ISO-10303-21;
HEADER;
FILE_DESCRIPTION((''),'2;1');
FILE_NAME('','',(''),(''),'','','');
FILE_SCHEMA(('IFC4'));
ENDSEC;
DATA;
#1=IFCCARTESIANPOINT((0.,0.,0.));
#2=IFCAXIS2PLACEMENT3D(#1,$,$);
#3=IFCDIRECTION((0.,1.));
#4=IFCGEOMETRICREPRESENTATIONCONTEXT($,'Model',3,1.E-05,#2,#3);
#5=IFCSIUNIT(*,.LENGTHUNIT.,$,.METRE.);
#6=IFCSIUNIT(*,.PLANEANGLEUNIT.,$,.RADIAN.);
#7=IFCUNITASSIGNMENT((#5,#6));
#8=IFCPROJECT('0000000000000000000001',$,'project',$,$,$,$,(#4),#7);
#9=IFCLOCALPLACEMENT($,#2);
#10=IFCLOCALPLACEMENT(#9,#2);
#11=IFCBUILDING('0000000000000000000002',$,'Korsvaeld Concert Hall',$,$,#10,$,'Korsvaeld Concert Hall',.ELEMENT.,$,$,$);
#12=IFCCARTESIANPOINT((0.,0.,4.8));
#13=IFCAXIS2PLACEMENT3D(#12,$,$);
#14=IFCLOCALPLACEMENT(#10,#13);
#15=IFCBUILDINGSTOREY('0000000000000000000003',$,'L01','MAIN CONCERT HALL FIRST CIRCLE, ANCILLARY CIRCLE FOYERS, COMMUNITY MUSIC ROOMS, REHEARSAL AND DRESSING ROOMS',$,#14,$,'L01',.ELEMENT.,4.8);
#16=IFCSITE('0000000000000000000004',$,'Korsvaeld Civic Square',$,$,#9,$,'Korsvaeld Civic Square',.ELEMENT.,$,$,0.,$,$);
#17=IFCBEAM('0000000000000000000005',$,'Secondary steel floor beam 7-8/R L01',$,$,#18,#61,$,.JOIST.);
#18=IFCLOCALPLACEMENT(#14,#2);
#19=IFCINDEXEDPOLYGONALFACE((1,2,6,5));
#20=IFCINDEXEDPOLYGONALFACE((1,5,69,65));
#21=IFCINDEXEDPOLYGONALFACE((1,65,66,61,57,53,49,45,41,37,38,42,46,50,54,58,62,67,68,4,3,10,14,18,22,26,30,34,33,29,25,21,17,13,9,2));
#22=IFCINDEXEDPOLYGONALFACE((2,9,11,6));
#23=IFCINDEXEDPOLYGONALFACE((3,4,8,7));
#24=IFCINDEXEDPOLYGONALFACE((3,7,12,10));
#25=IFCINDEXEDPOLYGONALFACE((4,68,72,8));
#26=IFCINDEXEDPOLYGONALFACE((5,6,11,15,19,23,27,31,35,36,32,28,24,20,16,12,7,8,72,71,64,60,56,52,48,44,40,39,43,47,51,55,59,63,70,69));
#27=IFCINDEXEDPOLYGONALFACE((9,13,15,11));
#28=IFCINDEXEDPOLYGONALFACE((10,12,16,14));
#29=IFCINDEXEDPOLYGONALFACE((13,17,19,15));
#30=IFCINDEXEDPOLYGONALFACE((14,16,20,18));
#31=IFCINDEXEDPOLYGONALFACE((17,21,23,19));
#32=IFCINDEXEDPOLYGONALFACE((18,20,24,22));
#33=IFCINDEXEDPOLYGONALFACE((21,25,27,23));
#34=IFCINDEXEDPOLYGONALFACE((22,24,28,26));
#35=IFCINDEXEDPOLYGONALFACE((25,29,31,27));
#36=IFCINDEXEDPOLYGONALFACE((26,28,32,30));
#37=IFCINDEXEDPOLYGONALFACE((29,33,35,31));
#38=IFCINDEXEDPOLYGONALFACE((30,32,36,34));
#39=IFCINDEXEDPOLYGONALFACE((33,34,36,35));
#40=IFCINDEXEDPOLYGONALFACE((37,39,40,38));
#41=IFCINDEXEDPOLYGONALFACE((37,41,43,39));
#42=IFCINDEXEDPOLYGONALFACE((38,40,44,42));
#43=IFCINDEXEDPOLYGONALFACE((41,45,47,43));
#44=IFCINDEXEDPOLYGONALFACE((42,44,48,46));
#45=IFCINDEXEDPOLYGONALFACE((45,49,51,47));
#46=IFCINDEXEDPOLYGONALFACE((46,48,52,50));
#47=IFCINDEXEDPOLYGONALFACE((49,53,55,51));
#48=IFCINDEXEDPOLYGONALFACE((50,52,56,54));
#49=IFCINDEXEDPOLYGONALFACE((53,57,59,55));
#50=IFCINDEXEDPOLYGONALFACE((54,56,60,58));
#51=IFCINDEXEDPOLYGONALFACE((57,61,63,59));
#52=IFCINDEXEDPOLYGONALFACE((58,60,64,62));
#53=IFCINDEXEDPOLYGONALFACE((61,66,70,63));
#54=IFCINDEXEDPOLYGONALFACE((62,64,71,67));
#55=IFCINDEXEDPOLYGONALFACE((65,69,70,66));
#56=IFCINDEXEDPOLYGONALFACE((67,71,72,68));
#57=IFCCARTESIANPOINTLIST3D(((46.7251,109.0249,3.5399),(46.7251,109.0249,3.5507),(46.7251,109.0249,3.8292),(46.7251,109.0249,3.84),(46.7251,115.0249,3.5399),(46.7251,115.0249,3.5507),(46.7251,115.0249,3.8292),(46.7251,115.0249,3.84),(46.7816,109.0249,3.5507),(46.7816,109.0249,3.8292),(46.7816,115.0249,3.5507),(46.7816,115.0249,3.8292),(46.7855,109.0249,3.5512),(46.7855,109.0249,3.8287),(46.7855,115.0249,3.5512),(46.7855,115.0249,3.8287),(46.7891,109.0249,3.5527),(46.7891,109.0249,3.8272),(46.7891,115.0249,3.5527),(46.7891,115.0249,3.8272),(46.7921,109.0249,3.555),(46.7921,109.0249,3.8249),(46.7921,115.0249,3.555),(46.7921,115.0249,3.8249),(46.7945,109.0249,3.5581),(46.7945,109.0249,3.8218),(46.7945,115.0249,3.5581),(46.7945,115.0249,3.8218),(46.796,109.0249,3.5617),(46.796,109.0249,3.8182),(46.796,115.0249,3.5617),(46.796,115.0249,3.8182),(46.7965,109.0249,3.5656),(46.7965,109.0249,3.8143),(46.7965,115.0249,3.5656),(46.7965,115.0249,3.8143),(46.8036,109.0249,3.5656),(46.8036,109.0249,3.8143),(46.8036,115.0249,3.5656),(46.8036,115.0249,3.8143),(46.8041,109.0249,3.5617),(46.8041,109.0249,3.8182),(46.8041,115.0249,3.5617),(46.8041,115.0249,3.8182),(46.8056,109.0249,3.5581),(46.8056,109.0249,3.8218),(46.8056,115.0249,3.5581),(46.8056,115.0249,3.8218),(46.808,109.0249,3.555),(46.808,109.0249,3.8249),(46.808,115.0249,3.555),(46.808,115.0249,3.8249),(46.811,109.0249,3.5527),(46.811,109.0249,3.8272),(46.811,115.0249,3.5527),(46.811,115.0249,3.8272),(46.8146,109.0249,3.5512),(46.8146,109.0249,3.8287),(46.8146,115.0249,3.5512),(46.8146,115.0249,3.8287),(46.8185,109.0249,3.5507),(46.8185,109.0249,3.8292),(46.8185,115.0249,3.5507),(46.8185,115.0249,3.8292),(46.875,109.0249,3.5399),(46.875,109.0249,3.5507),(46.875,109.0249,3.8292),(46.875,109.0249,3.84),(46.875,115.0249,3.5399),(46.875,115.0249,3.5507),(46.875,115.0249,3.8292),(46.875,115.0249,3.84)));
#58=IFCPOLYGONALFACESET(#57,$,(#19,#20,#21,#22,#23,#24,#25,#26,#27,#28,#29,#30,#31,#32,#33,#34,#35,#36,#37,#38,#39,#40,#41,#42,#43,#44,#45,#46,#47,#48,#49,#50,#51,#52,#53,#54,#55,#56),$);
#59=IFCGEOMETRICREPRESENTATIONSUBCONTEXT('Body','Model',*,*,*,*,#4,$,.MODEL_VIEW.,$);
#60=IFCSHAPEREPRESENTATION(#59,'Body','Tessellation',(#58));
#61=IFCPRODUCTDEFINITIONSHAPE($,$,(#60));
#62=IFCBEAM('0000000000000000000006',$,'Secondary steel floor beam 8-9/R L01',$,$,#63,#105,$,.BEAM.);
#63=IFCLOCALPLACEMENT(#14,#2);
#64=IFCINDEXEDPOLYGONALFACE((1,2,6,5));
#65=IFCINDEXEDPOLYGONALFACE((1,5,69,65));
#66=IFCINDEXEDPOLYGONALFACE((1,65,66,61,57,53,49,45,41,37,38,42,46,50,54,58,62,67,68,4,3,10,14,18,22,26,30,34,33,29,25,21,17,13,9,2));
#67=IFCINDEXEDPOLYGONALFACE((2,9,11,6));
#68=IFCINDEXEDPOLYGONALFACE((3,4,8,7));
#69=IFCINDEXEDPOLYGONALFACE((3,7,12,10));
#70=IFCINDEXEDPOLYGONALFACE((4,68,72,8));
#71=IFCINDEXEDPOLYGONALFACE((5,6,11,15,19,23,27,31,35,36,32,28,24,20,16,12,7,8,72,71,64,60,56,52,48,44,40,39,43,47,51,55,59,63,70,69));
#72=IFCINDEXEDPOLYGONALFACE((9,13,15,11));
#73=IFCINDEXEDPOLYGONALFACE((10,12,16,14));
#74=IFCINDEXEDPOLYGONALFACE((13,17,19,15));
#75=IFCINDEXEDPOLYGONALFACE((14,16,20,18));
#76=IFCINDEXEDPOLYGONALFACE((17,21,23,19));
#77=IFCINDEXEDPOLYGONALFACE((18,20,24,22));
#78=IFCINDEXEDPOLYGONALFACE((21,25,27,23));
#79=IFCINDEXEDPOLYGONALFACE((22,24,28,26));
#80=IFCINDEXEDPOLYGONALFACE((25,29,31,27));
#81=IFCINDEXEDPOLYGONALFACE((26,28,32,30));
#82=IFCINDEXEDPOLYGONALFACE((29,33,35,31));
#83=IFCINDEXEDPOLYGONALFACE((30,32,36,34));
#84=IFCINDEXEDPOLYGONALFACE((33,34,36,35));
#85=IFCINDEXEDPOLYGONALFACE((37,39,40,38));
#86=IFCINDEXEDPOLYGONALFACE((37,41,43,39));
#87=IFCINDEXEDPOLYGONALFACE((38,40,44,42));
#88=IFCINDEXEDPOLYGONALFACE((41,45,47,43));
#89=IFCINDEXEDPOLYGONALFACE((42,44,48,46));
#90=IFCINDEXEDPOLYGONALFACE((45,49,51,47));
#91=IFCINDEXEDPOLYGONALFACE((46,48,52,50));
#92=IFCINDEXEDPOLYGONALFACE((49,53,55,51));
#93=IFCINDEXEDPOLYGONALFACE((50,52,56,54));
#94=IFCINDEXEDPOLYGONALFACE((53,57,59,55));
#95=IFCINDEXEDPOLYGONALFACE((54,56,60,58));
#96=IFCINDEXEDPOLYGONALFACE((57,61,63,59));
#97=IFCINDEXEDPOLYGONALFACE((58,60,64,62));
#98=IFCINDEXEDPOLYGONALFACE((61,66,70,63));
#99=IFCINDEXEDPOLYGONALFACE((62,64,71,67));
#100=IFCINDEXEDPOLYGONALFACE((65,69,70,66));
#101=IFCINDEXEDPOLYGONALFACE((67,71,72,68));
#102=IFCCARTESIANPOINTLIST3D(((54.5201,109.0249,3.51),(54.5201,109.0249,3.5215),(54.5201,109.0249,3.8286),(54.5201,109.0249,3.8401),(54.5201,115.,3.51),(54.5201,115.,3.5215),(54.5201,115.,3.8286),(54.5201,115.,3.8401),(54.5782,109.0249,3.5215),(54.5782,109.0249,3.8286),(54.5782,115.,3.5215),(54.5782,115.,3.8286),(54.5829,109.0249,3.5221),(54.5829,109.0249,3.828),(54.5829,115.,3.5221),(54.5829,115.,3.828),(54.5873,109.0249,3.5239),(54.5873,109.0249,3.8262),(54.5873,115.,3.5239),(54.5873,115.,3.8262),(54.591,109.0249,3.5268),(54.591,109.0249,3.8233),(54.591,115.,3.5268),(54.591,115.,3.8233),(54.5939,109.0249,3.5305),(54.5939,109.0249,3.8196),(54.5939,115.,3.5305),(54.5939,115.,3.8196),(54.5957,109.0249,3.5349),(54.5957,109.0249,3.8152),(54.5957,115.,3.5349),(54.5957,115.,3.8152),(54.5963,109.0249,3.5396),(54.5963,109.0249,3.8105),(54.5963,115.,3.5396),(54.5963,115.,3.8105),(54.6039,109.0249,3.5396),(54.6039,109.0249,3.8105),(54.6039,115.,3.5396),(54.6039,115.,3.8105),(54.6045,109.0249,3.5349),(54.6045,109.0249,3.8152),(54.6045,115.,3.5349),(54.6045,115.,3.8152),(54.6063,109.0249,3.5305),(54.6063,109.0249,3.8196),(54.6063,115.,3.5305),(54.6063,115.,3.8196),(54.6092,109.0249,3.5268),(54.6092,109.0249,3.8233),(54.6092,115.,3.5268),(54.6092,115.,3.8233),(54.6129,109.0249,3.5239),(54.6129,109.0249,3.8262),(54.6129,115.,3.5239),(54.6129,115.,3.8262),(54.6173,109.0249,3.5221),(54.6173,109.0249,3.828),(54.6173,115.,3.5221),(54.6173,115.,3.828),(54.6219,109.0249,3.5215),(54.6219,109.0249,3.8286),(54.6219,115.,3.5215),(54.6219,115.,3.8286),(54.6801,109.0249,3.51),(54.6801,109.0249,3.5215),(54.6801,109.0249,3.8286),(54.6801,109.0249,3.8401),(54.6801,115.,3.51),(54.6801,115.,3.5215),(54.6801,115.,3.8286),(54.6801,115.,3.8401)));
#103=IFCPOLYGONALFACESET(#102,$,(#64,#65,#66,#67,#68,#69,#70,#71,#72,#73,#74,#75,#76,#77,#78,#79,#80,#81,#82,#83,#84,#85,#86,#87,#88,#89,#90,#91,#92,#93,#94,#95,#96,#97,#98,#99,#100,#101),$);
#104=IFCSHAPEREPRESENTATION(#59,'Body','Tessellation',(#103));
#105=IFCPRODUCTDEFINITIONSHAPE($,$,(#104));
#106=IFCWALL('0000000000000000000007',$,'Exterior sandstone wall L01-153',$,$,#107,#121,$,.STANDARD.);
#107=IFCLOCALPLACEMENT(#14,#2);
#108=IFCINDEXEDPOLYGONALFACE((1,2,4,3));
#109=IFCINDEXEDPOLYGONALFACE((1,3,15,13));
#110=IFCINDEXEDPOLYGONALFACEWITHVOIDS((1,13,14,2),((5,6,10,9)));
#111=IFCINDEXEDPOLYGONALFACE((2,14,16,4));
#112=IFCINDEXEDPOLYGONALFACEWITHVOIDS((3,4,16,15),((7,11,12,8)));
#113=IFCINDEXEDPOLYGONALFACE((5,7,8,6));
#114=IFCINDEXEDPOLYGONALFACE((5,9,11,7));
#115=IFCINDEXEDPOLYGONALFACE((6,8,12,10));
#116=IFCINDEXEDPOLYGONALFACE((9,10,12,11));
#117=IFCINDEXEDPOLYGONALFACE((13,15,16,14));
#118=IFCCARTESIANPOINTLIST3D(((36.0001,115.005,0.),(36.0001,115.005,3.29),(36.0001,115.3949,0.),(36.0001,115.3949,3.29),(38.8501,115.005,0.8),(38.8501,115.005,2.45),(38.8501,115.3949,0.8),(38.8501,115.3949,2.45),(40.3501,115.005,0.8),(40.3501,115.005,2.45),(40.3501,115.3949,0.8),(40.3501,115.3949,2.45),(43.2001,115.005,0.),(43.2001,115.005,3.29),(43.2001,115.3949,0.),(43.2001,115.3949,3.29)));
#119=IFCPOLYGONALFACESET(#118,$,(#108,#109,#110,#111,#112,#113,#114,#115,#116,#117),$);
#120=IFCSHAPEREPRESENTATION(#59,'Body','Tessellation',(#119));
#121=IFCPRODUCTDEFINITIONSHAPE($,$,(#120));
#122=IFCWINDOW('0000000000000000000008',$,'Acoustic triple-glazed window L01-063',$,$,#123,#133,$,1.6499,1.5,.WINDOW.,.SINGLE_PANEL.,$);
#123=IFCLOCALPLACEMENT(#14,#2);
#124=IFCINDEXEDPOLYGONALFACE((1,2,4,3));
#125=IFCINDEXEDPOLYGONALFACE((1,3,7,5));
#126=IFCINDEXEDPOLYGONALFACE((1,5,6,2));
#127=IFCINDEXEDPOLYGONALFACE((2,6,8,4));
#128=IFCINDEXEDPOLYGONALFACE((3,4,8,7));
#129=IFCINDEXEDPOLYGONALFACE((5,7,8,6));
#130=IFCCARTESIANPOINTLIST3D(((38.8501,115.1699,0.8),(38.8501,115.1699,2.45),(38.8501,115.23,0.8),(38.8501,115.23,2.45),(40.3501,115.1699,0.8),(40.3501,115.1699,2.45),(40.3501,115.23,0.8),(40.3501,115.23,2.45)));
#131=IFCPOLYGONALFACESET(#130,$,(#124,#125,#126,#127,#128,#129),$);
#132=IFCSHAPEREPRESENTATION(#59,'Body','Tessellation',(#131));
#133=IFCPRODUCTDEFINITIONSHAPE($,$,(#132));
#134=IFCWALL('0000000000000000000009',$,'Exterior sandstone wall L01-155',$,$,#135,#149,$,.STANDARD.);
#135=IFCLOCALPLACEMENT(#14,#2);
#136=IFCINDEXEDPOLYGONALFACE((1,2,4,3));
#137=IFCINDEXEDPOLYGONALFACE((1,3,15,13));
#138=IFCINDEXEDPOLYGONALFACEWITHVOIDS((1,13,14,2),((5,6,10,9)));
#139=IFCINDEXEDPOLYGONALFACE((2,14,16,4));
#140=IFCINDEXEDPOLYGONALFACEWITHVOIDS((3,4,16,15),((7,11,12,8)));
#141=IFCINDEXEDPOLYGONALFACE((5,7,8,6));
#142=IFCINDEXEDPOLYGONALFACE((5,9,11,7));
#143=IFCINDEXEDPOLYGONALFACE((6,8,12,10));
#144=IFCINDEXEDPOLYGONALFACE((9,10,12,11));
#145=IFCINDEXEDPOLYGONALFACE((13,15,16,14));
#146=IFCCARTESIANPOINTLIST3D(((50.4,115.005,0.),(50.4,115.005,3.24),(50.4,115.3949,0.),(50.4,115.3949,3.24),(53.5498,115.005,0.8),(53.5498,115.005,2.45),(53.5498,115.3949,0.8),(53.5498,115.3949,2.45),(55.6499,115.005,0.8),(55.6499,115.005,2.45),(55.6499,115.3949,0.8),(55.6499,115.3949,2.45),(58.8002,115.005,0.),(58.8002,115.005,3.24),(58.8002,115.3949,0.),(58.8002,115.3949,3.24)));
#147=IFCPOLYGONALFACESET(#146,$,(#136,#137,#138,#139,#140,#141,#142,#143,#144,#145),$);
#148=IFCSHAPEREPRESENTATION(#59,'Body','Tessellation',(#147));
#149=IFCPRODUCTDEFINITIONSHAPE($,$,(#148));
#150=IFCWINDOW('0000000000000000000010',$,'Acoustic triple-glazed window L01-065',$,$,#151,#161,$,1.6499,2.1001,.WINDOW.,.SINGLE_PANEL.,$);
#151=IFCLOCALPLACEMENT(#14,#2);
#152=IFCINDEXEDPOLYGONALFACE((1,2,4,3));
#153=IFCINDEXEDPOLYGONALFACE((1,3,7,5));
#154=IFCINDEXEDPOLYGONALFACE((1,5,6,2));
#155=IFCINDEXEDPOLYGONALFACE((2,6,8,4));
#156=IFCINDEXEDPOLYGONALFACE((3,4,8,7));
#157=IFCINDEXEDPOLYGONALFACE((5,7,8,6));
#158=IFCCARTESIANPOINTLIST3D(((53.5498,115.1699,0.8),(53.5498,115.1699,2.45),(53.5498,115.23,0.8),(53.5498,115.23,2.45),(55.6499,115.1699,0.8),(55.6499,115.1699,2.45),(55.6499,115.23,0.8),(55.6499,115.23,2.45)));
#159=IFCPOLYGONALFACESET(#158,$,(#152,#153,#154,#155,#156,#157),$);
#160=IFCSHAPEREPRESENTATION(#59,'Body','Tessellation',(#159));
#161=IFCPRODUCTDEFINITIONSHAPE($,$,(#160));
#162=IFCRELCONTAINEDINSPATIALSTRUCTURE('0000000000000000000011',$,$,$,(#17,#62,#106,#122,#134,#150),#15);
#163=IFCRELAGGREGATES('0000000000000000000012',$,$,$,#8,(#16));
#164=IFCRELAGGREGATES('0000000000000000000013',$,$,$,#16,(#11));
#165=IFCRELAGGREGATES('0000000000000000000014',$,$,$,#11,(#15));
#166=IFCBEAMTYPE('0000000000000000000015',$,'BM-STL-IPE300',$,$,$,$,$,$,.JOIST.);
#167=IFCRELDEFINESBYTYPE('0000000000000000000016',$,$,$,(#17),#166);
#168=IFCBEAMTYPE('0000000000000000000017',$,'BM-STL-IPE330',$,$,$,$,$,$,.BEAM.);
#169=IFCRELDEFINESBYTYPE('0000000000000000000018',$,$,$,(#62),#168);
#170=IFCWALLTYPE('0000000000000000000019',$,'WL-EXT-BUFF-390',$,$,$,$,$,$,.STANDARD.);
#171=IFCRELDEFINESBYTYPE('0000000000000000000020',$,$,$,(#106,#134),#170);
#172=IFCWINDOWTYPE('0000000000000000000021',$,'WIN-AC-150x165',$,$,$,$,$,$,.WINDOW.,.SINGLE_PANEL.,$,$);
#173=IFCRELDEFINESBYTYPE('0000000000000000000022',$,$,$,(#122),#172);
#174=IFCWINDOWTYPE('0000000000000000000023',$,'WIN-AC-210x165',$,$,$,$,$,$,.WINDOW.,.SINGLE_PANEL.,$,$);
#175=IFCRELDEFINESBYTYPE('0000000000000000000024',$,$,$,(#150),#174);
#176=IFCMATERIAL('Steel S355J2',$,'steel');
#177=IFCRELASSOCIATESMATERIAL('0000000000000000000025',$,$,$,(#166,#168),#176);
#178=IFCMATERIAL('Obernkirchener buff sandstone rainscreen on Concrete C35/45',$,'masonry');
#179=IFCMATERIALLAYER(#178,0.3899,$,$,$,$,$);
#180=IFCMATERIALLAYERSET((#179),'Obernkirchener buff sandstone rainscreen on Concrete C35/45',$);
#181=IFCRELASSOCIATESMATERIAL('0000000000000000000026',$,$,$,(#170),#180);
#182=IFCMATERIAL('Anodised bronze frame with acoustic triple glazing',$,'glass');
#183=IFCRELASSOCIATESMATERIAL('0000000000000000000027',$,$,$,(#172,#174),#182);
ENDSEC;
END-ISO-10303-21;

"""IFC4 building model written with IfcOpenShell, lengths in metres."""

from ifc_helpers import new_model, si_unit, direction, frame, frame_2d, origin, origin_2d, place, context, subcontext, project, spatial, rectangle, i_section, extrude, material, layer, layer_set, material_profile, profile_set, type_object, element, fill, save


model = new_model("IFC4")

# Units and contexts
model_context = context("Model", 3, precision=1e-05, world=origin(), true_north=direction((0.0, 1.0)))
body_context = subcontext(model_context, "Body", "Model", "MODEL_VIEW")
ifc_project = project(units=[si_unit("LENGTHUNIT", "METRE"), si_unit("PLANEANGLEUNIT", "RADIAN")], contexts=[model_context])

# Site, building, storey
site_placement = place(None, origin())
site = spatial("IfcSite", under=ifc_project, at=site_placement, Name="Korsvaeld Civic Square", LongName="Korsvaeld Civic Square", CompositionType="ELEMENT", RefElevation=0.0)
building_placement = place(site_placement, origin())
building = spatial("IfcBuilding", under=site, at=building_placement, Name="Korsvaeld Concert Hall", LongName="Korsvaeld Concert Hall", CompositionType="ELEMENT")
storey_placement = place(building_placement, frame((0.0, 0.0, 4.8)))
storey = spatial("IfcBuildingStorey", under=building, at=storey_placement, Name="L01", Description="MAIN CONCERT HALL FIRST CIRCLE, ANCILLARY CIRCLE FOYERS, COMMUNITY MUSIC ROOMS, REHEARSAL AND DRESSING ROOMS", LongName="L01", CompositionType="ELEMENT", Elevation=4.8)

# Beams
ifc_material_1 = material(Name="Steel S355J2", Category="steel")
ifc_material_profile_1 = material_profile(ifc_material_1, i_section(OverallWidth=0.1499, OverallDepth=0.3, WebThickness=0.0071, FlangeThickness=0.0107, FilletRadius=0.0149, at=origin_2d()), Name="IPE 300")
ifc_profile_set_1 = profile_set([ifc_material_profile_1], Name="Steel S355J2")
beam_type_1 = type_object("IfcBeamType", Name="BM-STL-IPE300", PredefinedType="JOIST", material=ifc_profile_set_1)
beam_1_placement = place(storey_placement, frame((46.8, 109.0249, 3.6899), z_axis=(0.0, 1.0, 0.0), x_axis=(-1.0, 0.0, 0.0)))
element("IfcBeam", 1, at=beam_1_placement, inside=storey, type_object=beam_type_1, Name="Secondary steel floor beam 7-8/R L01", PredefinedType="JOIST", context=body_context, shape_type="SweptSolid", body=[
    extrude(i_section(OverallWidth=0.1499, OverallDepth=0.3, WebThickness=0.0071, FlangeThickness=0.0107, FilletRadius=0.0149, at=origin_2d()), origin(), (0.0, 0.0, 1.0), 6.0),
])
ifc_material_profile_2 = material_profile(ifc_material_1, i_section(OverallWidth=0.1599, OverallDepth=0.3301, WebThickness=0.0076, FlangeThickness=0.0115, FilletRadius=0.0181, at=origin_2d()), Name="IPE 330")
ifc_profile_set_2 = profile_set([ifc_material_profile_2], Name="Steel S355J2")
beam_type_2 = type_object("IfcBeamType", Name="BM-STL-IPE330", PredefinedType="BEAM", material=ifc_profile_set_2)
beam_2_placement = place(storey_placement, frame((54.6001, 109.0249, 3.675), z_axis=(0.0, 1.0, 0.0), x_axis=(-1.0, 0.0, 0.0)))
element("IfcBeam", 2, at=beam_2_placement, inside=storey, type_object=beam_type_2, Name="Secondary steel floor beam 8-9/R L01", PredefinedType="BEAM", context=body_context, shape_type="SweptSolid", body=[
    extrude(i_section(OverallWidth=0.1599, OverallDepth=0.3301, WebThickness=0.0076, FlangeThickness=0.0115, FilletRadius=0.0181, at=origin_2d()), origin(), (0.0, 0.0, 1.0), 5.9751),
])

# Walls, openings, windows
ifc_material_2 = material(Name="Obernkirchener buff sandstone rainscreen on Concrete C35/45", Category="masonry")
ifc_layer_1 = layer(ifc_material_2, 0.3899)
ifc_layer_set_1 = layer_set([ifc_layer_1], Name="Obernkirchener buff sandstone rainscreen on Concrete C35/45")
wall_type_1 = type_object("IfcWallType", Name="WL-EXT-BUFF-390", PredefinedType="STANDARD", material=ifc_layer_set_1)
wall_1_placement = place(storey_placement, frame((36.0, 115.2, 0.0), z_axis=(0.0, 0.0, 1.0), x_axis=(1.0, 0.0, 0.0)))
wall_1 = element("IfcWall", 3, at=wall_1_placement, inside=storey, type_object=wall_type_1, Name="Exterior sandstone wall L01-153", PredefinedType="STANDARD", context=body_context, shape_type="SweptSolid", body=[
    extrude(rectangle(XDim=7.2, YDim=0.3899, at=frame_2d((3.6001, 0.0))), origin(), (0.0, 0.0, 1.0), 3.29),
])
opening_1_placement = place(wall_1_placement, frame((2.8501, 0.0, 0.8)))
opening_1 = element("IfcOpeningElement", 4, at=opening_1_placement, cuts=wall_1, PredefinedType="OPENING", context=body_context, shape_type="SweptSolid", body=[
    extrude(rectangle(XDim=1.5, YDim=1.6499, at=frame_2d((0.75, 0.825))), frame((0.0, 0.2051, 0.0), z_axis=(0.0, -1.0, 0.0), x_axis=(1.0, 0.0, 0.0)), (0.0, 0.0, 1.0), 0.4099),
])
ifc_material_3 = material(Name="Anodised bronze frame with acoustic triple glazing", Category="glass")
window_type_1 = type_object("IfcWindowType", Name="WIN-AC-150x165", PartitioningType="SINGLE_PANEL", PredefinedType="WINDOW", material=ifc_material_3)
window_1_placement = place(opening_1_placement, origin())
window_1 = element("IfcWindow", 5, at=window_1_placement, inside=storey, type_object=window_type_1, Name="Acoustic triple-glazed window L01-063", OverallHeight=1.6499, OverallWidth=1.5, PartitioningType="SINGLE_PANEL", PredefinedType="WINDOW", context=body_context, shape_type="SweptSolid", body=[
    extrude(rectangle(XDim=1.5, YDim=1.6499, at=frame_2d((0.75, 0.825))), frame((0.0, 0.03, 0.0), z_axis=(0.0, -1.0, 0.0), x_axis=(1.0, 0.0, 0.0)), (0.0, 0.0, 1.0), 0.0601),
])
fill(opening_1, window_1)
wall_2_placement = place(storey_placement, frame((50.3999, 115.2, 0.0), z_axis=(0.0, 0.0, 1.0), x_axis=(1.0, 0.0, 0.0)))
wall_2 = element("IfcWall", 6, at=wall_2_placement, inside=storey, type_object=wall_type_1, Name="Exterior sandstone wall L01-155", PredefinedType="STANDARD", context=body_context, shape_type="SweptSolid", body=[
    extrude(rectangle(XDim=8.4001, YDim=0.3899, at=frame_2d((4.2002, 0.0))), origin(), (0.0, 0.0, 1.0), 3.24),
])
opening_2_placement = place(wall_2_placement, frame((3.1499, 0.0, 0.8)))
opening_2 = element("IfcOpeningElement", 7, at=opening_2_placement, cuts=wall_2, PredefinedType="OPENING", context=body_context, shape_type="SweptSolid", body=[
    extrude(rectangle(XDim=2.1001, YDim=1.6499, at=frame_2d((1.05, 0.825))), frame((0.0, 0.2051, 0.0), z_axis=(0.0, -1.0, 0.0), x_axis=(1.0, 0.0, 0.0)), (0.0, 0.0, 1.0), 0.4099),
])
window_type_2 = type_object("IfcWindowType", Name="WIN-AC-210x165", PartitioningType="SINGLE_PANEL", PredefinedType="WINDOW", material=ifc_material_3)
window_2_placement = place(opening_2_placement, origin())
window_2 = element("IfcWindow", 8, at=window_2_placement, inside=storey, type_object=window_type_2, Name="Acoustic triple-glazed window L01-065", OverallHeight=1.6499, OverallWidth=2.1001, PartitioningType="SINGLE_PANEL", PredefinedType="WINDOW", context=body_context, shape_type="SweptSolid", body=[
    extrude(rectangle(XDim=2.1001, YDim=1.6499, at=frame_2d((1.05, 0.825))), frame((0.0, 0.03, 0.0), z_axis=(0.0, -1.0, 0.0), x_axis=(1.0, 0.0, 0.0)), (0.0, 0.0, 1.0), 0.0601),
])
fill(opening_2, window_2)

save(model, "model.ifc")
